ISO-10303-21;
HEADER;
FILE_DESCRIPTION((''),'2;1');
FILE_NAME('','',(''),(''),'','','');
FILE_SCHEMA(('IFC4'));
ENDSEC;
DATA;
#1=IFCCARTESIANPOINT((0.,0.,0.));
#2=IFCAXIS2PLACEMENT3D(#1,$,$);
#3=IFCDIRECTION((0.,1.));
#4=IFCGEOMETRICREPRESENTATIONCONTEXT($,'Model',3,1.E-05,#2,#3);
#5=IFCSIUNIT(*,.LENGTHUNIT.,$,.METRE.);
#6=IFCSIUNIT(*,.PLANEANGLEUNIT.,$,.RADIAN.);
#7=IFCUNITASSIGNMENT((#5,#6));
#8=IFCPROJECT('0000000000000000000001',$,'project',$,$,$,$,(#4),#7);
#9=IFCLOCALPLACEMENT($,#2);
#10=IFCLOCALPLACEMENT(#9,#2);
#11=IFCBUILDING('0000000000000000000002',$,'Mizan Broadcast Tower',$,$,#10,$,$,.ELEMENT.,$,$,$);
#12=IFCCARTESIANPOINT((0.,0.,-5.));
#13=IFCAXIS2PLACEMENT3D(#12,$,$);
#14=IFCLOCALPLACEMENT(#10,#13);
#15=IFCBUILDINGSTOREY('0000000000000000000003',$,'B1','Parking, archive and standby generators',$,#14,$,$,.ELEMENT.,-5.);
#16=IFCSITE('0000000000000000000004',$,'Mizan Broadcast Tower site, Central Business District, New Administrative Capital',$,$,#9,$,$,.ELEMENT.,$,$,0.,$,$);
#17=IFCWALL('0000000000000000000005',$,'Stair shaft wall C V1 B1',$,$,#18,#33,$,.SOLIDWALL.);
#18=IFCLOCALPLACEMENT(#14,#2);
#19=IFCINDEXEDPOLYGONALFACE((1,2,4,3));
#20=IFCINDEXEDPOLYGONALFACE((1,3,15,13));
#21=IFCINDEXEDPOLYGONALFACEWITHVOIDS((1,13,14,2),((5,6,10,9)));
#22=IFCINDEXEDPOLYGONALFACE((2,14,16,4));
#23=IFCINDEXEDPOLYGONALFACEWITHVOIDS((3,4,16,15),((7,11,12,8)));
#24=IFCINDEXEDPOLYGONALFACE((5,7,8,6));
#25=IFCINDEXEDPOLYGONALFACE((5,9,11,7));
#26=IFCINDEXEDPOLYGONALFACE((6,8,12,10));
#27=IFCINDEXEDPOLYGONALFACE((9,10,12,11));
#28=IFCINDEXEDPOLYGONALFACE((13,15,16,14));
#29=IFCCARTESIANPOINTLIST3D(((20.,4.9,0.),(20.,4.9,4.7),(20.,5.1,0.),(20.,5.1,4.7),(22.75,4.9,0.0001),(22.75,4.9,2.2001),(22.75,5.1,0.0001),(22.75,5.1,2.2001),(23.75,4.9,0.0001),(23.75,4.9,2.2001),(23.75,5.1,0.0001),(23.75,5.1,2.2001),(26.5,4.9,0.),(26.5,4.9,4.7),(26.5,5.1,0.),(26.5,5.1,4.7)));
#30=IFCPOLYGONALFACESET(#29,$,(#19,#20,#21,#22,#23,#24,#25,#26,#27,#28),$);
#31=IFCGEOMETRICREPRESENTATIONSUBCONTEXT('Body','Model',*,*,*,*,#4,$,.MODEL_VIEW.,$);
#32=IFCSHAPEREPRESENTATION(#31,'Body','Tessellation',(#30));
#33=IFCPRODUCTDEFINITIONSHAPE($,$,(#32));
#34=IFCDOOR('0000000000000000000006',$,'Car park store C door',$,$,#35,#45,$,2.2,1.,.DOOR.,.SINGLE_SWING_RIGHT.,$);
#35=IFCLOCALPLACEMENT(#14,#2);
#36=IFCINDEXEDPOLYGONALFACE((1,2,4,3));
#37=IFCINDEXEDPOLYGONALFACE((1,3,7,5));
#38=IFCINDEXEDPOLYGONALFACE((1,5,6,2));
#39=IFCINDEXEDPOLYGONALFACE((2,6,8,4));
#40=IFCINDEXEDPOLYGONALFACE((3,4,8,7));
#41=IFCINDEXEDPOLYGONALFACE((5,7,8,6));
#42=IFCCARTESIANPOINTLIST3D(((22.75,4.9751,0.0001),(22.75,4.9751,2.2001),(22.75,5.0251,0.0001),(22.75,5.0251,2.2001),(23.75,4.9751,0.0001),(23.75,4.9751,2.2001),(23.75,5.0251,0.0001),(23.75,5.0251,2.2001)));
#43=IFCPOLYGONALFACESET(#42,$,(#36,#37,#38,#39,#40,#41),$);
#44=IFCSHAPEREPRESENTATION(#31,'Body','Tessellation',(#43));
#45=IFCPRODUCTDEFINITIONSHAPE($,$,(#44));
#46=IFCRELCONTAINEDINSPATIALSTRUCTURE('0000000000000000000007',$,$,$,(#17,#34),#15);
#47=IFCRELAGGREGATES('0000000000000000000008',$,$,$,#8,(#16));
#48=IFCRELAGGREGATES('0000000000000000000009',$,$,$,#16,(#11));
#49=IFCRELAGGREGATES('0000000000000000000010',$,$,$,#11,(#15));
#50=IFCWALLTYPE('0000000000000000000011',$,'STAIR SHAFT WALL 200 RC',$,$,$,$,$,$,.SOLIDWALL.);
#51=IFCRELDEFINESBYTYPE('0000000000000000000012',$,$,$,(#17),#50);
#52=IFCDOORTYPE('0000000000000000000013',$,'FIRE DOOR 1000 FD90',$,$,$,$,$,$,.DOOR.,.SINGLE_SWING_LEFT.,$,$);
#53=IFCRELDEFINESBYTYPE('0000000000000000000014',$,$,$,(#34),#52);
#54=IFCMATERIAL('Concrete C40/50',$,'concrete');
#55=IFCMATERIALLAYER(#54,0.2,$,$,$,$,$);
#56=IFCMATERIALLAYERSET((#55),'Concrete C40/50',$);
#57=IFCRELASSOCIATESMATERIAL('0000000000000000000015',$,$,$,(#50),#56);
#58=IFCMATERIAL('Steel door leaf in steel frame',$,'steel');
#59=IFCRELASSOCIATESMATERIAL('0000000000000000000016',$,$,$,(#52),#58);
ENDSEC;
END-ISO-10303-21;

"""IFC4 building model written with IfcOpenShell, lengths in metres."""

from ifc_helpers import new_model, si_unit, direction, frame, frame_2d, origin, place, context, subcontext, project, spatial, rectangle, extrude, material, layer, layer_set, type_object, element, fill, save


model = new_model("IFC4")

# Units and contexts
model_context = context("Model", 3, precision=1e-05, world=origin(), true_north=direction((0.0, 1.0)))
body_context = subcontext(model_context, "Body", "Model", "MODEL_VIEW")
ifc_project = project(units=[si_unit("LENGTHUNIT", "METRE"), si_unit("PLANEANGLEUNIT", "RADIAN")], contexts=[model_context])

# Site, building, storey
site_placement = place(None, origin())
site = spatial("IfcSite", under=ifc_project, at=site_placement, Name="Mizan Broadcast Tower site, Central Business District, New Administrative Capital", CompositionType="ELEMENT", RefElevation=0.0)
building_placement = place(site_placement, origin())
building = spatial("IfcBuilding", under=site, at=building_placement, Name="Mizan Broadcast Tower", CompositionType="ELEMENT")
storey_placement = place(building_placement, frame((0.0, 0.0, -5.0)))
storey = spatial("IfcBuildingStorey", under=building, at=storey_placement, Name="B1", Description="Parking, archive and standby generators", CompositionType="ELEMENT", Elevation=-5.0)

# Shared definitions
ifc_material_1 = material(Name="Concrete C40/50", Category="concrete")
ifc_layer_1 = layer(ifc_material_1, 0.2)
ifc_layer_set_1 = layer_set([ifc_layer_1], Name="Concrete C40/50")
wall_type_1 = type_object("IfcWallType", Name="STAIR SHAFT WALL 200 RC", PredefinedType="SOLIDWALL", material=ifc_layer_set_1)

# Wall, opening, door
wall_1_placement = place(storey_placement, frame((26.5, 5.0, 0.0), z_axis=(0.0, 0.0, 1.0), x_axis=(-1.0, 0.0, 0.0)))
wall_1 = element("IfcWall", 1, at=wall_1_placement, inside=storey, type_object=wall_type_1, Name="Stair shaft wall C V1 B1", PredefinedType="SOLIDWALL", context=body_context, shape_type="SweptSolid", body=[
    extrude(rectangle(XDim=6.5, YDim=0.2, at=frame_2d((3.25, 0.0))), origin(), (0.0, 0.0, 1.0), 4.7),
])
opening_1_placement = place(wall_1_placement, frame((2.75, 0.0, 0.0)))
opening_1 = element("IfcOpeningElement", 2, at=opening_1_placement, cuts=wall_1, PredefinedType="OPENING", context=body_context, shape_type="SweptSolid", body=[
    extrude(rectangle(XDim=1.0, YDim=2.2, at=frame_2d((0.5, 1.1001))), frame((0.0, 0.1099, 0.0), z_axis=(0.0, -1.0, 0.0), x_axis=(1.0, 0.0, 0.0)), (0.0, 0.0, 1.0), 0.22),
])
ifc_material_2 = material(Name="Steel door leaf in steel frame", Category="steel")
door_type_1 = type_object("IfcDoorType", Name="FIRE DOOR 1000 FD90", OperationType="SINGLE_SWING_LEFT", PredefinedType="DOOR", material=ifc_material_2)
door_1_placement = place(opening_1_placement, origin())
door_1 = element("IfcDoor", 3, at=door_1_placement, inside=storey, type_object=door_type_1, Name="Car park store C door", OperationType="SINGLE_SWING_RIGHT", OverallHeight=2.2, OverallWidth=1.0, PredefinedType="DOOR", context=body_context, shape_type="SweptSolid", body=[
    extrude(rectangle(XDim=1.0, YDim=2.2, at=frame_2d((0.5, 1.1001))), frame((0.0, 0.0249, 0.0), z_axis=(0.0, -1.0, 0.0), x_axis=(1.0, 0.0, 0.0)), (0.0, 0.0, 1.0), 0.05),
])
fill(opening_1, door_1)

save(model, "model.ifc")
